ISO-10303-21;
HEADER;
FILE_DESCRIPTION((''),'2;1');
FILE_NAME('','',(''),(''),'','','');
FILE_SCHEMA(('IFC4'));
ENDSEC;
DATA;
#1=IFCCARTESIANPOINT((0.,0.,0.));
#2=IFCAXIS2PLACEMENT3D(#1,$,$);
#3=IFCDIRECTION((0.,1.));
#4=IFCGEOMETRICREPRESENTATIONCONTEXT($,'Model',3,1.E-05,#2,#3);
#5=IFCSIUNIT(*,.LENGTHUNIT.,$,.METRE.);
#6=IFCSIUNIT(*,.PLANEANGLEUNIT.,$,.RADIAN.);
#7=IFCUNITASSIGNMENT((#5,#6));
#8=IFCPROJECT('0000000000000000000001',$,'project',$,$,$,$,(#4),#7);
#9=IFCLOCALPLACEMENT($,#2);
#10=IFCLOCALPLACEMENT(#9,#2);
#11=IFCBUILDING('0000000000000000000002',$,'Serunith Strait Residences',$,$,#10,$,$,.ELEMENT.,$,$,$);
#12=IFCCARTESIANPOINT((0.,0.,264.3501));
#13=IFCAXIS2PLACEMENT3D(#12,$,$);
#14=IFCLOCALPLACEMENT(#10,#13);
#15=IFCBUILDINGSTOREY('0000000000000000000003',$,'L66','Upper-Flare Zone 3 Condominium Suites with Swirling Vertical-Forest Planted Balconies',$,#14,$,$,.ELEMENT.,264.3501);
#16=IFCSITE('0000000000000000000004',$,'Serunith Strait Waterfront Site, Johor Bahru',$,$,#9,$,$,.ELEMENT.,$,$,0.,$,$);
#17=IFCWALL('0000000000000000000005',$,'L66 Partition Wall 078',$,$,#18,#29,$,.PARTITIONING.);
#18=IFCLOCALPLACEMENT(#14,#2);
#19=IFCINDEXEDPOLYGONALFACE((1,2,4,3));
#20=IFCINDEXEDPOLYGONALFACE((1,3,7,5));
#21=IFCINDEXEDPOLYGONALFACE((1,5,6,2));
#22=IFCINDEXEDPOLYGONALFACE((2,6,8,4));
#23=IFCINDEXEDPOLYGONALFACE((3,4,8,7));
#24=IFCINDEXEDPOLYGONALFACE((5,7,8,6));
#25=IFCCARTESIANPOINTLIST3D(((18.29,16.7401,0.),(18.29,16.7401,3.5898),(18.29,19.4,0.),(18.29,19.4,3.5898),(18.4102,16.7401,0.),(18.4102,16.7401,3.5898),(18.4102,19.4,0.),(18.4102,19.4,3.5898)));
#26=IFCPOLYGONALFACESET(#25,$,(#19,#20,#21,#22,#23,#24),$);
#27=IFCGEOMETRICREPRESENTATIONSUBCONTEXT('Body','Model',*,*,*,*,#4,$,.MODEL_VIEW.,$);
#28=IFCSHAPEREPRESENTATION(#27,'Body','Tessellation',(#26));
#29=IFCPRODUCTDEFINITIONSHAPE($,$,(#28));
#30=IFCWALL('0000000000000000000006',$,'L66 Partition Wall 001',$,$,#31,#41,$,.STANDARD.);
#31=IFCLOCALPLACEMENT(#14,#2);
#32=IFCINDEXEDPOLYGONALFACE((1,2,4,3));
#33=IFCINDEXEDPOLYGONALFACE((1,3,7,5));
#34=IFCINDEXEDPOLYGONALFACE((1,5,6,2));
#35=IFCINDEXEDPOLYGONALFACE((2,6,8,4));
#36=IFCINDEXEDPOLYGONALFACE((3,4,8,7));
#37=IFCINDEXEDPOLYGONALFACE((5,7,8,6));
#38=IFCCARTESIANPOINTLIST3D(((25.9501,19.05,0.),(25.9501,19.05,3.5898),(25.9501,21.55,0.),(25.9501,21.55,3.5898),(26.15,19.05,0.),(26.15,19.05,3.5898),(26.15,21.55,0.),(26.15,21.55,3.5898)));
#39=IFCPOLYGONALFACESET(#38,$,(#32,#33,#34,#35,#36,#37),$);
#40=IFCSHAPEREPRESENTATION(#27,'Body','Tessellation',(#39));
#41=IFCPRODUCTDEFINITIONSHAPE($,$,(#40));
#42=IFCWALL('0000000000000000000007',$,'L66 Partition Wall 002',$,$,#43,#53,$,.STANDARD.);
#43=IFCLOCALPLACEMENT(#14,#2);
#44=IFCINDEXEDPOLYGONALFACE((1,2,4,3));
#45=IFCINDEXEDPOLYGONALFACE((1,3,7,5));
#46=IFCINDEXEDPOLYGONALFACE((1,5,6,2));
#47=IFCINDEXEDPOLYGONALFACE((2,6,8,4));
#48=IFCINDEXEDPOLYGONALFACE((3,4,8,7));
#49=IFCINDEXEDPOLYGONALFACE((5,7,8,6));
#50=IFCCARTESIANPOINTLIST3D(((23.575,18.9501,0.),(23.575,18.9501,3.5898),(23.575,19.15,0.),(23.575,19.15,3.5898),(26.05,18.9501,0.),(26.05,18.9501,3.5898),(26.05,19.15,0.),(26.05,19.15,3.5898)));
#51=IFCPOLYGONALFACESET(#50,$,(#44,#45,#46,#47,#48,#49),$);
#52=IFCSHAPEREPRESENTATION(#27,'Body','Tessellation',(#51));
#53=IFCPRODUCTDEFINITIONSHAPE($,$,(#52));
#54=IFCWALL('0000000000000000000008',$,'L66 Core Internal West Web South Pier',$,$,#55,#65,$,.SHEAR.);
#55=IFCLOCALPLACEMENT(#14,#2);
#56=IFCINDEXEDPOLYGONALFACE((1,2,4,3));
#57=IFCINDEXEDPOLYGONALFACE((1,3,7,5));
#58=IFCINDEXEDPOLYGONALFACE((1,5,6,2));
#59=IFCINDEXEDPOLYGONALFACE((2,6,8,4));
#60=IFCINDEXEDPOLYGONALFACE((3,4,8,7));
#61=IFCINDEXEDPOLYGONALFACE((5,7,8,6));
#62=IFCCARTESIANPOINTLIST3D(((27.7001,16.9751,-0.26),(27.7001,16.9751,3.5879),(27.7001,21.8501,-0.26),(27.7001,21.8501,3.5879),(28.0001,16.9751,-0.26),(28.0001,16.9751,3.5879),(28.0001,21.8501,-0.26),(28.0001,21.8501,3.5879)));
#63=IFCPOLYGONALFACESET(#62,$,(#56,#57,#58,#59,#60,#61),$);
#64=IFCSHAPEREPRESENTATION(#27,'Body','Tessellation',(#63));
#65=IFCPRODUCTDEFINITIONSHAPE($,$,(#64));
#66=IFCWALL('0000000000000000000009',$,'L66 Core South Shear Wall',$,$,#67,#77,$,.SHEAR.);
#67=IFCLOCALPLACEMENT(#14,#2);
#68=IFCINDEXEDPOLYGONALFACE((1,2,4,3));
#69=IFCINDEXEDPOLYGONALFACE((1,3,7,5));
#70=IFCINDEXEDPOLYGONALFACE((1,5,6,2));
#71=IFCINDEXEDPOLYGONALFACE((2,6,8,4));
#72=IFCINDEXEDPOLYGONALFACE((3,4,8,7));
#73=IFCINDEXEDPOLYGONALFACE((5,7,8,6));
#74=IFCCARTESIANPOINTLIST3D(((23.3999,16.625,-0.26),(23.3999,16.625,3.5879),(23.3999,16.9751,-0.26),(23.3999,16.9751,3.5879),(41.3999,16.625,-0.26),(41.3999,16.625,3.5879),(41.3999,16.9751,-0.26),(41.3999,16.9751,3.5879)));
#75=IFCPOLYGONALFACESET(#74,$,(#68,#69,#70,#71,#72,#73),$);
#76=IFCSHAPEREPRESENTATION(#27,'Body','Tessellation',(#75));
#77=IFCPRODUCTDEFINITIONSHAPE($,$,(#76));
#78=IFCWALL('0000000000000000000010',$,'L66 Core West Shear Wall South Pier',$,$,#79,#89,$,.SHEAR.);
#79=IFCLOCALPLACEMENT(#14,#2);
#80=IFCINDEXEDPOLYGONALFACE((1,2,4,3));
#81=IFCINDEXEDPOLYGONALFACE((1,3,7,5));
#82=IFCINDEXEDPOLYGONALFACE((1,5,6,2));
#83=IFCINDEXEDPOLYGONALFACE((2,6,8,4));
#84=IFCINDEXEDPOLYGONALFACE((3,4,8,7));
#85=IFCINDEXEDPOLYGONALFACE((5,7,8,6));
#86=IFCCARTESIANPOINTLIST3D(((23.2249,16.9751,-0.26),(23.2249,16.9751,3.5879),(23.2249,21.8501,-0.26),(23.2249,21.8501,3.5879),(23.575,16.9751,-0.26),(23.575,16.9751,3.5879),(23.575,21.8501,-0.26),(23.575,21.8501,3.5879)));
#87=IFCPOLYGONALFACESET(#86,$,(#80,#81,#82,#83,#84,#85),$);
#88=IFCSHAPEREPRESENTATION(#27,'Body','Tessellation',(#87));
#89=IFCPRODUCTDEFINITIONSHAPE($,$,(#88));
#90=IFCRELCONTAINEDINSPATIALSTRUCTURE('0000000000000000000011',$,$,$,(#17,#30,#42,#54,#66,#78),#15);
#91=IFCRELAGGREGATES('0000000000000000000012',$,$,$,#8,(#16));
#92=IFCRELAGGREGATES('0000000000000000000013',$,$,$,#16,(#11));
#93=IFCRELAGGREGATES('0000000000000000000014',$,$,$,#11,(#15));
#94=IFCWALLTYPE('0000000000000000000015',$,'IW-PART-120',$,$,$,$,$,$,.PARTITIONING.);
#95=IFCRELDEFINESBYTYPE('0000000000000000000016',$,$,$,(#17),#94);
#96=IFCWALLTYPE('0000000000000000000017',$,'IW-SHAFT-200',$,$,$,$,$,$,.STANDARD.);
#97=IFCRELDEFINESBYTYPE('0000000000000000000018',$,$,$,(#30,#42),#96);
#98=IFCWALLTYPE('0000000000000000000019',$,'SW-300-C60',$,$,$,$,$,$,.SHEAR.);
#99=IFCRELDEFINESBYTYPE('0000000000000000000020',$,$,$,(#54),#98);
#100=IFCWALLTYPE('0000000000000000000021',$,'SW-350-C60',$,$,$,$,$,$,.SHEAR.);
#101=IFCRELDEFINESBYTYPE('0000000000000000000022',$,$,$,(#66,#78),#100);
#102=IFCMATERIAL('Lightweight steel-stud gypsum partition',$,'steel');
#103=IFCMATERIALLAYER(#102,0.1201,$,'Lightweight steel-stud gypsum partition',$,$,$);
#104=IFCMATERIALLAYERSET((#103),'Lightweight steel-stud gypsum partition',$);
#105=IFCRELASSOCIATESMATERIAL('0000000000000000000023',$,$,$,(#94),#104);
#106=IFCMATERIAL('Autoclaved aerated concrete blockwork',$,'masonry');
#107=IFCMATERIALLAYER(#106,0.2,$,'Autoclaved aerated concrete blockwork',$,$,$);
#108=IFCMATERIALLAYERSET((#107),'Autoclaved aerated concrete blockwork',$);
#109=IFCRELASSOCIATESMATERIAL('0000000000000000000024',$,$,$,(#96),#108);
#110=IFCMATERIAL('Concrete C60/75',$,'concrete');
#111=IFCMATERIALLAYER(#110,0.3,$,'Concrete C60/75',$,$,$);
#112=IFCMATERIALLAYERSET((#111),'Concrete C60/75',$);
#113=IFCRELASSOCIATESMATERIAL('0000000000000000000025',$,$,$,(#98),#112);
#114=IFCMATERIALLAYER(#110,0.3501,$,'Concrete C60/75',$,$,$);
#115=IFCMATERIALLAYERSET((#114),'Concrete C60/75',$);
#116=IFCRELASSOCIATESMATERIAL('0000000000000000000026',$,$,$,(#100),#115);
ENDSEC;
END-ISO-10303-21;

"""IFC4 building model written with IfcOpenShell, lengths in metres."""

from ifc_helpers import new_model, si_unit, direction, frame, frame_2d, origin, place, context, subcontext, project, spatial, rectangle, extrude, material, layer, layer_set, type_object, element, save


model = new_model("IFC4")

# Units and contexts
model_context = context("Model", 3, precision=1e-05, world=origin(), true_north=direction((0.0, 1.0)))
body_context = subcontext(model_context, "Body", "Model", "MODEL_VIEW")
ifc_project = project(units=[si_unit("LENGTHUNIT", "METRE"), si_unit("PLANEANGLEUNIT", "RADIAN")], contexts=[model_context])

# Site, building, storey
site_placement = place(None, origin())
site = spatial("IfcSite", under=ifc_project, at=site_placement, Name="Serunith Strait Waterfront Site, Johor Bahru", CompositionType="ELEMENT", RefElevation=0.0)
building_placement = place(site_placement, origin())
building = spatial("IfcBuilding", under=site, at=building_placement, Name="Serunith Strait Residences", CompositionType="ELEMENT")
storey_placement = place(building_placement, frame((0.0, 0.0, 264.3501)))
storey = spatial("IfcBuildingStorey", under=building, at=storey_placement, Name="L66", Description="Upper-Flare Zone 3 Condominium Suites with Swirling Vertical-Forest Planted Balconies", CompositionType="ELEMENT", Elevation=264.3501)

# Shared definitions
ifc_material_1 = material(Name="Lightweight steel-stud gypsum partition", Category="steel")
ifc_layer_1 = layer(ifc_material_1, 0.1201, Name="Lightweight steel-stud gypsum partition")
ifc_layer_set_1 = layer_set([ifc_layer_1], Name="Lightweight steel-stud gypsum partition")
wall_type_1 = type_object("IfcWallType", Name="IW-PART-120", PredefinedType="PARTITIONING", material=ifc_layer_set_1)

# Walls
wall_1_placement = place(storey_placement, frame((18.3501, 16.74, 0.0), z_axis=(0.0, 0.0, 1.0), x_axis=(0.0, 1.0, 0.0)))
element("IfcWall", 1, at=wall_1_placement, inside=storey, type_object=wall_type_1, Name="L66 Partition Wall 078", PredefinedType="PARTITIONING", context=body_context, shape_type="SweptSolid", body=[
    extrude(rectangle(XDim=2.6599, YDim=0.1201, at=frame_2d((1.3301, 0.0))), origin(), (0.0, 0.0, 1.0), 3.5898),
])
ifc_material_2 = material(Name="Autoclaved aerated concrete blockwork", Category="masonry")
ifc_layer_2 = layer(ifc_material_2, 0.2, Name="Autoclaved aerated concrete blockwork")
ifc_layer_set_2 = layer_set([ifc_layer_2], Name="Autoclaved aerated concrete blockwork")
wall_type_2 = type_object("IfcWallType", Name="IW-SHAFT-200", PredefinedType="STANDARD", material=ifc_layer_set_2)
wall_2_placement = place(storey_placement, frame((26.05, 19.05, 0.0), z_axis=(0.0, 0.0, 1.0), x_axis=(0.0, 1.0, 0.0)))
element("IfcWall", 2, at=wall_2_placement, inside=storey, type_object=wall_type_2, Name="L66 Partition Wall 001", PredefinedType="STANDARD", context=body_context, shape_type="SweptSolid", body=[
    extrude(rectangle(XDim=2.5, YDim=0.2, at=frame_2d((1.25, 0.0))), origin(), (0.0, 0.0, 1.0), 3.5898),
])
wall_3_placement = place(storey_placement, frame((23.575, 19.05, 0.0), z_axis=(0.0, 0.0, 1.0), x_axis=(1.0, 0.0, 0.0)))
element("IfcWall", 3, at=wall_3_placement, inside=storey, type_object=wall_type_2, Name="L66 Partition Wall 002", PredefinedType="STANDARD", context=body_context, shape_type="SweptSolid", body=[
    extrude(rectangle(XDim=2.4751, YDim=0.2, at=frame_2d((1.2375, 0.0))), origin(), (0.0, 0.0, 1.0), 3.5898),
])
ifc_material_3 = material(Name="Concrete C60/75", Category="concrete")
ifc_layer_3 = layer(ifc_material_3, 0.3, Name="Concrete C60/75")
ifc_layer_set_3 = layer_set([ifc_layer_3], Name="Concrete C60/75")
wall_type_3 = type_object("IfcWallType", Name="SW-300-C60", PredefinedType="SHEAR", material=ifc_layer_set_3)
wall_4_placement = place(storey_placement, frame((27.8501, 16.9751, -0.26), z_axis=(0.0, 0.0, 1.0), x_axis=(0.0, 1.0, 0.0)))
element("IfcWall", 4, at=wall_4_placement, inside=storey, type_object=wall_type_3, Name="L66 Core Internal West Web South Pier", PredefinedType="SHEAR", context=body_context, shape_type="SweptSolid", body=[
    extrude(rectangle(XDim=4.875, YDim=0.3, at=frame_2d((2.4375, 0.0))), origin(), (0.0, 0.0, 1.0), 3.8479),
])
ifc_layer_4 = layer(ifc_material_3, 0.3501, Name="Concrete C60/75")
ifc_layer_set_4 = layer_set([ifc_layer_4], Name="Concrete C60/75")
wall_type_4 = type_object("IfcWallType", Name="SW-350-C60", PredefinedType="SHEAR", material=ifc_layer_set_4)
wall_5_placement = place(storey_placement, frame((23.3999, 16.8, -0.26), z_axis=(0.0, 0.0, 1.0), x_axis=(1.0, 0.0, 0.0)))
element("IfcWall", 5, at=wall_5_placement, inside=storey, type_object=wall_type_4, Name="L66 Core South Shear Wall", PredefinedType="SHEAR", context=body_context, shape_type="SweptSolid", body=[
    extrude(rectangle(XDim=18.0, YDim=0.3501, at=frame_2d((9.0, 0.0))), origin(), (0.0, 0.0, 1.0), 3.8479),
])
wall_6_placement = place(storey_placement, frame((23.3999, 16.9751, -0.26), z_axis=(0.0, 0.0, 1.0), x_axis=(0.0, 1.0, 0.0)))
element("IfcWall", 6, at=wall_6_placement, inside=storey, type_object=wall_type_4, Name="L66 Core West Shear Wall South Pier", PredefinedType="SHEAR", context=body_context, shape_type="SweptSolid", body=[
    extrude(rectangle(XDim=4.875, YDim=0.3501, at=frame_2d((2.4375, 0.0))), origin(), (0.0, 0.0, 1.0), 3.8479),
])

save(model, "model.ifc")
